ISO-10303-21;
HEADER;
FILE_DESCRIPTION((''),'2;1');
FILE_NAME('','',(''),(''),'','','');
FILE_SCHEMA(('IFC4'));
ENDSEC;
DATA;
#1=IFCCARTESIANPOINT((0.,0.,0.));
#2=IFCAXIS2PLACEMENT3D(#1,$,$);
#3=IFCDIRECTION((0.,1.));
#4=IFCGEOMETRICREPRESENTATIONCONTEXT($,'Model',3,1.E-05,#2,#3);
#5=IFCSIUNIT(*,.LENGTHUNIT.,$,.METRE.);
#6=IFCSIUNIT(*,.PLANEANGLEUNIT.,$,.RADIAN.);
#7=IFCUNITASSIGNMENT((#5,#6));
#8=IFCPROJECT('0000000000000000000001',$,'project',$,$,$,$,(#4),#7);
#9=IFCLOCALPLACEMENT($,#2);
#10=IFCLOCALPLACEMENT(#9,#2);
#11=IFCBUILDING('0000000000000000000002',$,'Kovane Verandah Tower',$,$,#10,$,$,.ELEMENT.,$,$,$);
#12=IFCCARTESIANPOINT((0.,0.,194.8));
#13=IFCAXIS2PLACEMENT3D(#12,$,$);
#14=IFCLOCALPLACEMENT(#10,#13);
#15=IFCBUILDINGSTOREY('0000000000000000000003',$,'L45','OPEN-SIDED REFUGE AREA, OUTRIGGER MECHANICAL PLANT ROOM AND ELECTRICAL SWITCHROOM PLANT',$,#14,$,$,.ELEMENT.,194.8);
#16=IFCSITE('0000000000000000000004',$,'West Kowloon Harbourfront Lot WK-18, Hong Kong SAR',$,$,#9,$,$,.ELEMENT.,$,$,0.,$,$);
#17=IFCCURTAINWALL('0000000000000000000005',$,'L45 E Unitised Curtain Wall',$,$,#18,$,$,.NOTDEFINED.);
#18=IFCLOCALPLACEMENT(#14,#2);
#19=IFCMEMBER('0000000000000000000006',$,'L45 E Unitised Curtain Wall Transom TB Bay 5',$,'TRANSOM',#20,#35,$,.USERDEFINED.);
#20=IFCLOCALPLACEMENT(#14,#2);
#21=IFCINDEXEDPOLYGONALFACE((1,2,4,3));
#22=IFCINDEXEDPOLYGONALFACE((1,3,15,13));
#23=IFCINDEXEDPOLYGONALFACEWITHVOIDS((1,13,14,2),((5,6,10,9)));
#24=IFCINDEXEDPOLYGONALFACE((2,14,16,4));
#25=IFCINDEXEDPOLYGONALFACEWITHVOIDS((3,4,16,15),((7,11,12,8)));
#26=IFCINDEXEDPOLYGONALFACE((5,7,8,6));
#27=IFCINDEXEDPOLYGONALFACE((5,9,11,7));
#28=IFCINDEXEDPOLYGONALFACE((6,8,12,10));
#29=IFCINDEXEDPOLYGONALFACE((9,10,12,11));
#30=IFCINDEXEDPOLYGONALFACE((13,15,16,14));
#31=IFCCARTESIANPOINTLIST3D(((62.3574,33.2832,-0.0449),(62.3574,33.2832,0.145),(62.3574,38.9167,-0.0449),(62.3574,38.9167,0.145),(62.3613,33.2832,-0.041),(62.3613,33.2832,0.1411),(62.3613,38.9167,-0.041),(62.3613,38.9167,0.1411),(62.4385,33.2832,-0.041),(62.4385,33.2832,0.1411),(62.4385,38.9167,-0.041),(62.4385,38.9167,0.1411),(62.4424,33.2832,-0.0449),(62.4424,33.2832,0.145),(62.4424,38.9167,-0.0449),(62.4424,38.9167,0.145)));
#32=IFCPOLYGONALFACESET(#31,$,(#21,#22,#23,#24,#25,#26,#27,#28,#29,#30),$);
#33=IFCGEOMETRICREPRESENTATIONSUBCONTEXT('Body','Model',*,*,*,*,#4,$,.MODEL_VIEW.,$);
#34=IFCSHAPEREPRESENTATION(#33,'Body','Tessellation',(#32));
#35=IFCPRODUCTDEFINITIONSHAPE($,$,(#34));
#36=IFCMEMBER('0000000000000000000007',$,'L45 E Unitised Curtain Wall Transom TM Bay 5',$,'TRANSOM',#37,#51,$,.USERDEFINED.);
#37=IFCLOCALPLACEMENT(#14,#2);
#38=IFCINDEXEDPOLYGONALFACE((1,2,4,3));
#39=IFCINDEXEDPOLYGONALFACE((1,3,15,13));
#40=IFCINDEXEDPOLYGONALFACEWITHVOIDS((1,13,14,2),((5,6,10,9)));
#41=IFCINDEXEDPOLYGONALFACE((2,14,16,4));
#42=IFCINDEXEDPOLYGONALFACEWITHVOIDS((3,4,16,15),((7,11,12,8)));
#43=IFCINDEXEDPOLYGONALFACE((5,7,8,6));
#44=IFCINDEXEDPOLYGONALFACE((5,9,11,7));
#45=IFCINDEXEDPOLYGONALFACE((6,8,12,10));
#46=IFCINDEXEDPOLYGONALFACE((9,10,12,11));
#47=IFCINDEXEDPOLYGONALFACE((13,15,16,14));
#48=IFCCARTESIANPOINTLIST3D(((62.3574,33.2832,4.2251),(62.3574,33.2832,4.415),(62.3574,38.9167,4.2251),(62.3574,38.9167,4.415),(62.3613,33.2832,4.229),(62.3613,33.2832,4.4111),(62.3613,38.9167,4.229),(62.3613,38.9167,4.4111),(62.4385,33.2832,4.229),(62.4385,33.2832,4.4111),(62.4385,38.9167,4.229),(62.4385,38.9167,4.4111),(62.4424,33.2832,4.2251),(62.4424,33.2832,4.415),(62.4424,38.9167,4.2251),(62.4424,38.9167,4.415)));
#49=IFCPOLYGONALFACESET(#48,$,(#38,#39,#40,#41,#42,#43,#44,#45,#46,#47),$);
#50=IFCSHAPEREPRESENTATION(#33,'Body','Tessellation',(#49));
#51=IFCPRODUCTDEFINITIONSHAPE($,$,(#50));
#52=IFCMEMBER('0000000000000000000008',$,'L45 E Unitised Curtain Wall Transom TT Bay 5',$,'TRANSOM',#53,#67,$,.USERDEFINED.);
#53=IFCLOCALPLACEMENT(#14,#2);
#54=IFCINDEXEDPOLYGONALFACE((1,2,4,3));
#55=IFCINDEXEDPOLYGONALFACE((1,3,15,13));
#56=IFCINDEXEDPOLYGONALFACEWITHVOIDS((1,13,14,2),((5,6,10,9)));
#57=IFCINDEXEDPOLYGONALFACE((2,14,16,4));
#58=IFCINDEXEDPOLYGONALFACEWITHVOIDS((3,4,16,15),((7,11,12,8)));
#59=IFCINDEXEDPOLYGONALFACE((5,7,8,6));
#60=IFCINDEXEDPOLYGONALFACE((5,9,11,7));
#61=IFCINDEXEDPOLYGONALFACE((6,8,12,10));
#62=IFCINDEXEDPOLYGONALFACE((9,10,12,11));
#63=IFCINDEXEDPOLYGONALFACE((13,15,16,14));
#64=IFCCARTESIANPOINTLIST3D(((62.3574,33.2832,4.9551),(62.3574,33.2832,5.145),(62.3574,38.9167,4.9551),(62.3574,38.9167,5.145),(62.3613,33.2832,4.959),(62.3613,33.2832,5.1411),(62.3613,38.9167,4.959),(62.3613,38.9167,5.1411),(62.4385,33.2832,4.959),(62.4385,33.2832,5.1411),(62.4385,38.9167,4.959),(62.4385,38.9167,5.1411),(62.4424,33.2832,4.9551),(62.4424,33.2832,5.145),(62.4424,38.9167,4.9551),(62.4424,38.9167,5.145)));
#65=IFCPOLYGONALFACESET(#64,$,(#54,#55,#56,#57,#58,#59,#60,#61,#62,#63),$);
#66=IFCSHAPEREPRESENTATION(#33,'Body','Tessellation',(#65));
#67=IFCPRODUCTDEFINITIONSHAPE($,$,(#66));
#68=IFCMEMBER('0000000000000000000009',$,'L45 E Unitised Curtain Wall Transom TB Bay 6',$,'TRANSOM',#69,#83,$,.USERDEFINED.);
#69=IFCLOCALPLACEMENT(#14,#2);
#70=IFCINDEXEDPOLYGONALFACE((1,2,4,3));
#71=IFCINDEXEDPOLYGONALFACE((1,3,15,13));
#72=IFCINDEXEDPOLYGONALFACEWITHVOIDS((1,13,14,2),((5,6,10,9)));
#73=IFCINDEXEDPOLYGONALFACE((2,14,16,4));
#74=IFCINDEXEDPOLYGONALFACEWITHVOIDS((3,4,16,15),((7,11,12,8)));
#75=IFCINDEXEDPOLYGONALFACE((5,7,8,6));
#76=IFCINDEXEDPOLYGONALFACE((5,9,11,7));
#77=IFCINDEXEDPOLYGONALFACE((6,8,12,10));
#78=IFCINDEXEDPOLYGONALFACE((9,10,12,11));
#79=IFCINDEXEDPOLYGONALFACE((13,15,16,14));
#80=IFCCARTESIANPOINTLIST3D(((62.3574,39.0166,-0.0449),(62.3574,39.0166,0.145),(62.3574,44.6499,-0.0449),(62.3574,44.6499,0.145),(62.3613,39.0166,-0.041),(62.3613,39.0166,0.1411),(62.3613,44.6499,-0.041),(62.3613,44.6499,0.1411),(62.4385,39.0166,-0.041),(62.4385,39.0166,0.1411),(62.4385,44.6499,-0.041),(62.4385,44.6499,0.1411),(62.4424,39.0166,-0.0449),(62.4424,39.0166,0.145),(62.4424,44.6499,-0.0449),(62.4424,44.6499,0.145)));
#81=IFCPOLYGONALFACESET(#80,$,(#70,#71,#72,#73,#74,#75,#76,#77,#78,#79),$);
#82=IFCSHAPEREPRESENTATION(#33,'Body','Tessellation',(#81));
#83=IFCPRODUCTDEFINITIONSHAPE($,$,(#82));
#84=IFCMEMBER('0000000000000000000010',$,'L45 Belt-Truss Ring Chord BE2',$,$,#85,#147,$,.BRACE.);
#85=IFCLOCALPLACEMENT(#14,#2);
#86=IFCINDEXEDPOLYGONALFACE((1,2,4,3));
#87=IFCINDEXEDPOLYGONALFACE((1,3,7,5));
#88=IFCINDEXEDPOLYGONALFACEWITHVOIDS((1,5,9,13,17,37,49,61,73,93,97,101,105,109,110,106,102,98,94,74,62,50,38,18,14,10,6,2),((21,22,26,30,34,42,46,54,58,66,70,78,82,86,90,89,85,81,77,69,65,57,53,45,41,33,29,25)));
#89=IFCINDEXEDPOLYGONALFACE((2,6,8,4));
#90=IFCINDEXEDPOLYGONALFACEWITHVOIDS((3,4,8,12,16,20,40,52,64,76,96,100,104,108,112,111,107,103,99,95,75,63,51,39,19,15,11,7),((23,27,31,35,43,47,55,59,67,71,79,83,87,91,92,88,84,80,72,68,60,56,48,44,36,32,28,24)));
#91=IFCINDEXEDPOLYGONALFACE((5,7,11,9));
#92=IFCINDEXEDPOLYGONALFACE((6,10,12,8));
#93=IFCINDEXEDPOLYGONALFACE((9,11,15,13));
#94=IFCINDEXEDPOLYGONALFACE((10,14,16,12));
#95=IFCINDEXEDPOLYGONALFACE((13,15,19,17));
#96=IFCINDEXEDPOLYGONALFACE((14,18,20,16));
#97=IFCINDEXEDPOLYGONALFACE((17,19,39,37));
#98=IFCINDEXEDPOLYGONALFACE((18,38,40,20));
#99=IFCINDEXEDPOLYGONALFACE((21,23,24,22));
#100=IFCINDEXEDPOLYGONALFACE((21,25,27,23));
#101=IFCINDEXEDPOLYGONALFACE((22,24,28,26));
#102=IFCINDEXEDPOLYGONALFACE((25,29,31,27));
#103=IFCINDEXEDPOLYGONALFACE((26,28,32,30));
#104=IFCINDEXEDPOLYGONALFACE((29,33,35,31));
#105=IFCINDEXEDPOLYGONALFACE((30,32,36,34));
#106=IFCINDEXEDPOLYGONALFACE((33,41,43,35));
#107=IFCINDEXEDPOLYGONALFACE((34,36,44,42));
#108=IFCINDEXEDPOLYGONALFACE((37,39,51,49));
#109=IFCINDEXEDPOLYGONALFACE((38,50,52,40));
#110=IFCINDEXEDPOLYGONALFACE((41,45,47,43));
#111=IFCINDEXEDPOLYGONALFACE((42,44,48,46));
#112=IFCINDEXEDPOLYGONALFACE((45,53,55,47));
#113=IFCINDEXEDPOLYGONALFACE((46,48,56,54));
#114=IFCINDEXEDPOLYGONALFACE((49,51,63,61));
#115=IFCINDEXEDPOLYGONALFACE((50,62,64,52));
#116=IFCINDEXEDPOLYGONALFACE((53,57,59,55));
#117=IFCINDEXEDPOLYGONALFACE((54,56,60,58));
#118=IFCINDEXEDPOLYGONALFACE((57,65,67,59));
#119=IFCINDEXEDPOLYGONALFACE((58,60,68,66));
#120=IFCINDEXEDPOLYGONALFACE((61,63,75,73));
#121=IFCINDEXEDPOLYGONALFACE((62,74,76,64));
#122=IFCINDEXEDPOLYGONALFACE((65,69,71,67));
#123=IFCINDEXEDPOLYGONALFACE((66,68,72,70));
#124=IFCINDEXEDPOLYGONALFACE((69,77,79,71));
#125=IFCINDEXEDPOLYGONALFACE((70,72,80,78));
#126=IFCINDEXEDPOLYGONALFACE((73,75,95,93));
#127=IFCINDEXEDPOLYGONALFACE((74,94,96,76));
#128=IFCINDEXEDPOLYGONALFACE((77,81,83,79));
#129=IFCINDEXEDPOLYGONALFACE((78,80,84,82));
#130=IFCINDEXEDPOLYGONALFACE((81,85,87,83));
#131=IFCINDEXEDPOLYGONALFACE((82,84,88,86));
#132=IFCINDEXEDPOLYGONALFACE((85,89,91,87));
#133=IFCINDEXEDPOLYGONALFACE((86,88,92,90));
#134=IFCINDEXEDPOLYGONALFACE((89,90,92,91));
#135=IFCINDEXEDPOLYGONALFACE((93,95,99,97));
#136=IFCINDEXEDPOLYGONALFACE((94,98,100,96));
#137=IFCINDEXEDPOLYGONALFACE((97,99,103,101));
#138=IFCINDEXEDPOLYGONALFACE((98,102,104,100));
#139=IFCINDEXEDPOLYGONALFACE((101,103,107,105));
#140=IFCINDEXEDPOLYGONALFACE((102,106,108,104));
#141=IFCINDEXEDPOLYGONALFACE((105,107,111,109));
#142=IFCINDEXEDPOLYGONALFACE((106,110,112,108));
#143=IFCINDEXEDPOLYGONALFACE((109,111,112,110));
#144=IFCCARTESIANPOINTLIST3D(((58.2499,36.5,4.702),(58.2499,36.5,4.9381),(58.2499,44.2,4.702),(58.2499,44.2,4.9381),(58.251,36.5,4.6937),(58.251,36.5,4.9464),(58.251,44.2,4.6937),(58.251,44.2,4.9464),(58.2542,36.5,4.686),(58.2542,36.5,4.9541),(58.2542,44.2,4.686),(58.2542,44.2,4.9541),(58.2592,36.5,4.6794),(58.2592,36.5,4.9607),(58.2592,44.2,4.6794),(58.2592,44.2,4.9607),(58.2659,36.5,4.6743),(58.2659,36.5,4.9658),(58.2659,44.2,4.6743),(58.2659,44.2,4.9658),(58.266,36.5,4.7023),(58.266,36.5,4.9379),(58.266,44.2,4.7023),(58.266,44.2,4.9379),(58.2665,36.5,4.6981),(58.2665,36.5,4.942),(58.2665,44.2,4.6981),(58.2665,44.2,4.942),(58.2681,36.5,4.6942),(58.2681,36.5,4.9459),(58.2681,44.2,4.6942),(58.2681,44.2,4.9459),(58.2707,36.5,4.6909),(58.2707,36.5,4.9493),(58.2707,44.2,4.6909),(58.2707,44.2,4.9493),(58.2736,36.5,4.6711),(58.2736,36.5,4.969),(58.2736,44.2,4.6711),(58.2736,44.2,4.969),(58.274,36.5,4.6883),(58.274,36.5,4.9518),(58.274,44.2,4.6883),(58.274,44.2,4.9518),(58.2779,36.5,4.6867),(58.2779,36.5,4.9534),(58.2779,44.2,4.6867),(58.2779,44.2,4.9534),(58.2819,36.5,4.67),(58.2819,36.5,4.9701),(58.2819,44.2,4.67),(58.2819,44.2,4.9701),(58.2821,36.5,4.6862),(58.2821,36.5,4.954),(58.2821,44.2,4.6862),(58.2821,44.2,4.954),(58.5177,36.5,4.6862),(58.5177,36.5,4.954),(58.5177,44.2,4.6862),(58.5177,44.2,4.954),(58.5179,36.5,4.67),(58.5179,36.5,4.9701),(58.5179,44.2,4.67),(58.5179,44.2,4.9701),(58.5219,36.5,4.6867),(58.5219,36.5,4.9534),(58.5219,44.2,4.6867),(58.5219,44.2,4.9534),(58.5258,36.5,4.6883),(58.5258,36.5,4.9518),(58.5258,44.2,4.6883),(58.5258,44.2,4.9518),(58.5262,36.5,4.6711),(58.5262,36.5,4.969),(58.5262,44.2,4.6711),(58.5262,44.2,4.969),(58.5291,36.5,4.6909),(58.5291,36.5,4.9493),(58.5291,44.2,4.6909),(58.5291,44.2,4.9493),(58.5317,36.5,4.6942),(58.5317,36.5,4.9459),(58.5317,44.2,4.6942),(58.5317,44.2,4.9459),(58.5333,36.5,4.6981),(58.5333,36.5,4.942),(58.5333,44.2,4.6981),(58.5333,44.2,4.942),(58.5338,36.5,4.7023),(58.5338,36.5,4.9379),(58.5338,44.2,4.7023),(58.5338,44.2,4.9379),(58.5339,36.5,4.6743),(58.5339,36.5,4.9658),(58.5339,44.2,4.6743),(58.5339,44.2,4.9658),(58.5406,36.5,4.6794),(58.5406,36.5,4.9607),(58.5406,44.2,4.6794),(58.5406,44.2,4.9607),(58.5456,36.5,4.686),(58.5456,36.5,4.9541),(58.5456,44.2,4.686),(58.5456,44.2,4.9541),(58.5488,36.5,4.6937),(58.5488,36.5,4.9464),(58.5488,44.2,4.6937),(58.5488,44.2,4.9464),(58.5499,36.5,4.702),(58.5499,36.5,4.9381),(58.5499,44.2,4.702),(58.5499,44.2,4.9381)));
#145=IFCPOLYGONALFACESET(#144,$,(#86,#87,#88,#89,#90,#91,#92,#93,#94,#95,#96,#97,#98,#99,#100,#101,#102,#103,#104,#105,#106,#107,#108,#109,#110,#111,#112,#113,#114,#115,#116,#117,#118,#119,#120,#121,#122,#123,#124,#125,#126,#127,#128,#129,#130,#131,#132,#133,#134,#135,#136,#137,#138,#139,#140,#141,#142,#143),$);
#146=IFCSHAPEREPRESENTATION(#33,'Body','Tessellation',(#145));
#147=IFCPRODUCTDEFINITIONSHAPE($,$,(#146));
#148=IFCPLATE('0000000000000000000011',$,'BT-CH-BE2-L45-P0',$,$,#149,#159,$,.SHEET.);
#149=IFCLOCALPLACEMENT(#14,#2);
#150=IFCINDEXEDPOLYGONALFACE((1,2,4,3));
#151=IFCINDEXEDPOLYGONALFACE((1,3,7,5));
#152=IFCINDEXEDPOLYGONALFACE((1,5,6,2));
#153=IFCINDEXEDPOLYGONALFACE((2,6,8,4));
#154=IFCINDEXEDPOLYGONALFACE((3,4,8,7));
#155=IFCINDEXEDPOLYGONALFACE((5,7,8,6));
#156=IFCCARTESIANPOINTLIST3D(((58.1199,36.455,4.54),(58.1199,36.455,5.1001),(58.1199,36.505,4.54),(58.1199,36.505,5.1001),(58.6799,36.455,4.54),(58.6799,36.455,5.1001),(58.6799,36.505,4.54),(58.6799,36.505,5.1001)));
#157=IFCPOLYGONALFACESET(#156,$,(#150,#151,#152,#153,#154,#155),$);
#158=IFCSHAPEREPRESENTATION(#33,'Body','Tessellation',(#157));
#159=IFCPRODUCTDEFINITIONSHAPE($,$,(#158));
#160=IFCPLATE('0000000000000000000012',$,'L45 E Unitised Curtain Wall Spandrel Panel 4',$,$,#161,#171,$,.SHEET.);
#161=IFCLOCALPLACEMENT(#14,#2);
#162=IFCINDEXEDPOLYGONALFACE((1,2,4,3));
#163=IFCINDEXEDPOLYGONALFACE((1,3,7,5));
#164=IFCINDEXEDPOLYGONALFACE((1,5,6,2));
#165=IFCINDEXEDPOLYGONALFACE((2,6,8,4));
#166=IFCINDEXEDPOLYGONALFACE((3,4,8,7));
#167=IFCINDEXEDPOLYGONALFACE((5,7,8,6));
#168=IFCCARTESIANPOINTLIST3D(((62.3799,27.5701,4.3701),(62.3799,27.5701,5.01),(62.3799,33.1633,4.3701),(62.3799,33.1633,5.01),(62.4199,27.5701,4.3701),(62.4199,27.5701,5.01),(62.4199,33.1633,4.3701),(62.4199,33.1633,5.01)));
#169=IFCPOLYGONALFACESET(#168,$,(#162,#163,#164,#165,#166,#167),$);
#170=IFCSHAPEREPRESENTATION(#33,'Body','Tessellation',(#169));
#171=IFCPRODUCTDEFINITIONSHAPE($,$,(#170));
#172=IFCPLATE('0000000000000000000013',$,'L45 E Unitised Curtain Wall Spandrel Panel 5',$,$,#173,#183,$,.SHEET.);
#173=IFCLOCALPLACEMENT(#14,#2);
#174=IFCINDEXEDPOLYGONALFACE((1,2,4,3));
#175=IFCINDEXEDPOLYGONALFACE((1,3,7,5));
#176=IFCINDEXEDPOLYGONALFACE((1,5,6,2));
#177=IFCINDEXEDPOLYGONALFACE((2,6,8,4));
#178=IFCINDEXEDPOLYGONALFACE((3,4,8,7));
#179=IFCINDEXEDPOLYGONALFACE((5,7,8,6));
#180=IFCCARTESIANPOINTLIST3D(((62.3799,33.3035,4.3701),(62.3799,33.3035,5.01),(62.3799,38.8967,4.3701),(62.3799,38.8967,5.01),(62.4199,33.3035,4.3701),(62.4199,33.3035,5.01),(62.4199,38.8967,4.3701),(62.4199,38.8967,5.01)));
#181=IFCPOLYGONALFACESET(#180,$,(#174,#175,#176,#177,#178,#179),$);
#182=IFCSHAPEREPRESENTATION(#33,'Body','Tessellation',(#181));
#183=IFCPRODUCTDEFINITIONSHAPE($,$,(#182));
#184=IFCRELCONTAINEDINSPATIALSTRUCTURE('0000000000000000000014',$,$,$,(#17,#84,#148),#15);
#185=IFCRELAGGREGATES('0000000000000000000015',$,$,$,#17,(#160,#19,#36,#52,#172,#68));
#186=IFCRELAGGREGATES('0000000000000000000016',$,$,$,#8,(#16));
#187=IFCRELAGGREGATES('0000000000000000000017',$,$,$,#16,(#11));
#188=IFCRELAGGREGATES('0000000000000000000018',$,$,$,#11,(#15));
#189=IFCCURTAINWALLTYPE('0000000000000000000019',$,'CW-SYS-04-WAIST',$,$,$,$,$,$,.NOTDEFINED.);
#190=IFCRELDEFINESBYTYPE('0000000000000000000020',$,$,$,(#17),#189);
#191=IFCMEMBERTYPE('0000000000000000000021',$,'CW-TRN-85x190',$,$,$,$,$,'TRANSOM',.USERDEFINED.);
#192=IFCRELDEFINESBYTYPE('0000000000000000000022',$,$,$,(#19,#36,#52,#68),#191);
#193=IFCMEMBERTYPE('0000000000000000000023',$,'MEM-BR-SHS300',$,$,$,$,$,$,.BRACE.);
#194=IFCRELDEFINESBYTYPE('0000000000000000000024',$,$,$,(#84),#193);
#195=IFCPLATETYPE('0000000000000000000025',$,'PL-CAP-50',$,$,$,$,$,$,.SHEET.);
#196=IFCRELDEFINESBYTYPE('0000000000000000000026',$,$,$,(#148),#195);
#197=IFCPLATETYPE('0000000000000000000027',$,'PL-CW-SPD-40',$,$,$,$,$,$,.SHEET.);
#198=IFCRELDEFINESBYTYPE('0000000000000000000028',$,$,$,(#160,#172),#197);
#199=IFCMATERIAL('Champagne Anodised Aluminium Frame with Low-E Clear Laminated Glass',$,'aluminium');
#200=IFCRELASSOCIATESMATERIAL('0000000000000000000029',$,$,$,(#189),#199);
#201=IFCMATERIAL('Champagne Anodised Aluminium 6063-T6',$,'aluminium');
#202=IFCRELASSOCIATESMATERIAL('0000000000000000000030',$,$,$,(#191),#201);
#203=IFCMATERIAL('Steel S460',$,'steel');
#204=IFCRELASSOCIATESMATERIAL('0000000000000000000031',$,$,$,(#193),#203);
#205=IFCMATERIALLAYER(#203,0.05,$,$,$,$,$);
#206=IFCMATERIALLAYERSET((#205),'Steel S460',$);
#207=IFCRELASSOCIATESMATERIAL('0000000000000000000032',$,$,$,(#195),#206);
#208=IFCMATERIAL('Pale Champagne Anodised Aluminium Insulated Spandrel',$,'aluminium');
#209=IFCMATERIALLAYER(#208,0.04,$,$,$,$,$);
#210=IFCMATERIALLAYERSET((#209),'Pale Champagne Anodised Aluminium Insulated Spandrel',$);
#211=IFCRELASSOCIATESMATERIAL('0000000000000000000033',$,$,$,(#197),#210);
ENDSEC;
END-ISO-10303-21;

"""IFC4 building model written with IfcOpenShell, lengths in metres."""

from ifc_helpers import new_model, si_unit, direction, frame, origin, origin_2d, place, context, subcontext, project, spatial, rectangle, hollow_rectangle, extrude, material, layer, layer_set, material_profile, profile_set, type_object, element, aggregate, save


model = new_model("IFC4")

# Units and contexts
model_context = context("Model", 3, precision=1e-05, world=origin(), true_north=direction((0.0, 1.0)))
body_context = subcontext(model_context, "Body", "Model", "MODEL_VIEW")
ifc_project = project(units=[si_unit("LENGTHUNIT", "METRE"), si_unit("PLANEANGLEUNIT", "RADIAN")], contexts=[model_context])

# Site, building, storey
site_placement = place(None, origin())
site = spatial("IfcSite", under=ifc_project, at=site_placement, Name="West Kowloon Harbourfront Lot WK-18, Hong Kong SAR", CompositionType="ELEMENT", RefElevation=0.0)
building_placement = place(site_placement, origin())
building = spatial("IfcBuilding", under=site, at=building_placement, Name="Kovane Verandah Tower", CompositionType="ELEMENT")
storey_placement = place(building_placement, frame((0.0, 0.0, 194.8)))
storey = spatial("IfcBuildingStorey", under=building, at=storey_placement, Name="L45", Description="OPEN-SIDED REFUGE AREA, OUTRIGGER MECHANICAL PLANT ROOM AND ELECTRICAL SWITCHROOM PLANT", CompositionType="ELEMENT", Elevation=194.8)

# Shared definitions
ifc_material_1 = material(Name="Steel S460", Category="steel")

# Curtain wall, members
ifc_material_2 = material(Name="Champagne Anodised Aluminium Frame with Low-E Clear Laminated Glass", Category="aluminium")
curtain_wall_type = type_object("IfcCurtainWallType", Name="CW-SYS-04-WAIST", PredefinedType="NOTDEFINED", material=ifc_material_2)
curtain_wall_placement = place(storey_placement, origin())
curtain_wall = element("IfcCurtainWall", 1, at=curtain_wall_placement, inside=storey, type_object=curtain_wall_type, Name="L45 E Unitised Curtain Wall", PredefinedType="NOTDEFINED")
ifc_material_3 = material(Name="Champagne Anodised Aluminium 6063-T6", Category="aluminium")
ifc_material_profile_1 = material_profile(ifc_material_3, hollow_rectangle(XDim=0.085, YDim=0.1899, WallThickness=0.0039, at=origin_2d()), Name="AL85x190x4")
ifc_profile_set_1 = profile_set([ifc_material_profile_1], Name="Champagne Anodised Aluminium 6063-T6")
member_type_1 = type_object("IfcMemberType", Name="CW-TRN-85x190", ElementType="TRANSOM", PredefinedType="USERDEFINED", material=ifc_profile_set_1)
member_1_placement = place(storey_placement, frame((62.3999, 33.2832, 0.05), z_axis=(0.0, 1.0, 0.0), x_axis=(-1.0, 0.0, 0.0)))
member_1 = element("IfcMember", 2, at=member_1_placement, type_object=member_type_1, Name="L45 E Unitised Curtain Wall Transom TB Bay 5", ObjectType="TRANSOM", PredefinedType="USERDEFINED", context=body_context, shape_type="SweptSolid", body=[
    extrude(hollow_rectangle(XDim=0.085, YDim=0.1899, WallThickness=0.0039, at=origin_2d()), origin(), (0.0, 0.0, 1.0), 5.6335),
])
member_2_placement = place(storey_placement, frame((62.3999, 33.2832, 4.3201), z_axis=(0.0, 1.0, 0.0), x_axis=(-1.0, 0.0, 0.0)))
member_2 = element("IfcMember", 3, at=member_2_placement, type_object=member_type_1, Name="L45 E Unitised Curtain Wall Transom TM Bay 5", ObjectType="TRANSOM", PredefinedType="USERDEFINED", context=body_context, shape_type="SweptSolid", body=[
    extrude(hollow_rectangle(XDim=0.085, YDim=0.1899, WallThickness=0.0039, at=origin_2d()), origin(), (0.0, 0.0, 1.0), 5.6335),
])
member_3_placement = place(storey_placement, frame((62.3999, 33.2832, 5.05), z_axis=(0.0, 1.0, 0.0), x_axis=(-1.0, 0.0, 0.0)))
member_3 = element("IfcMember", 4, at=member_3_placement, type_object=member_type_1, Name="L45 E Unitised Curtain Wall Transom TT Bay 5", ObjectType="TRANSOM", PredefinedType="USERDEFINED", context=body_context, shape_type="SweptSolid", body=[
    extrude(hollow_rectangle(XDim=0.085, YDim=0.1899, WallThickness=0.0039, at=origin_2d()), origin(), (0.0, 0.0, 1.0), 5.6335),
])
member_4_placement = place(storey_placement, frame((62.3999, 39.0166, 0.05), z_axis=(0.0, 1.0, 0.0), x_axis=(-1.0, 0.0, 0.0)))
member_4 = element("IfcMember", 5, at=member_4_placement, type_object=member_type_1, Name="L45 E Unitised Curtain Wall Transom TB Bay 6", ObjectType="TRANSOM", PredefinedType="USERDEFINED", context=body_context, shape_type="SweptSolid", body=[
    extrude(hollow_rectangle(XDim=0.085, YDim=0.1899, WallThickness=0.0039, at=origin_2d()), origin(), (0.0, 0.0, 1.0), 5.6333),
])

# Member
ifc_material_profile_2 = material_profile(ifc_material_1, hollow_rectangle(XDim=0.3, YDim=0.3, WallThickness=0.0161, InnerFilletRadius=0.0161, OuterFilletRadius=0.032, at=origin_2d()), Name="SHS300x300x16")
ifc_profile_set_2 = profile_set([ifc_material_profile_2], Name="Steel S460")
member_type_2 = type_object("IfcMemberType", Name="MEM-BR-SHS300", PredefinedType="BRACE", material=ifc_profile_set_2)
member_5_placement = place(storey_placement, frame((58.3999, 36.5, 4.8201), z_axis=(0.0, 1.0, 0.0), x_axis=(-1.0, 0.0, 0.0)))
element("IfcMember", 6, at=member_5_placement, inside=storey, type_object=member_type_2, Name="L45 Belt-Truss Ring Chord BE2", PredefinedType="BRACE", context=body_context, shape_type="SweptSolid", body=[
    extrude(hollow_rectangle(XDim=0.3, YDim=0.3, WallThickness=0.0161, InnerFilletRadius=0.0161, OuterFilletRadius=0.032, at=origin_2d()), origin(), (0.0, 0.0, 1.0), 7.7),
])

# Plates
ifc_layer_1 = layer(ifc_material_1, 0.05)
ifc_layer_set_1 = layer_set([ifc_layer_1], Name="Steel S460")
plate_type_1 = type_object("IfcPlateType", Name="PL-CAP-50", PredefinedType="SHEET", material=ifc_layer_set_1)
plate_1_placement = place(storey_placement, frame((58.3999, 36.48, 4.54), z_axis=(0.0, 0.0, 1.0), x_axis=(0.0, 1.0, 0.0)))
element("IfcPlate", 7, at=plate_1_placement, inside=storey, type_object=plate_type_1, Name="BT-CH-BE2-L45-P0", PredefinedType="SHEET", context=body_context, shape_type="SweptSolid", body=[
    extrude(rectangle(XDim=0.05, YDim=0.5601, at=origin_2d()), origin(), (0.0, 0.0, 1.0), 0.5601),
])
ifc_material_4 = material(Name="Pale Champagne Anodised Aluminium Insulated Spandrel", Category="aluminium")
ifc_layer_2 = layer(ifc_material_4, 0.04)
ifc_layer_set_2 = layer_set([ifc_layer_2], Name="Pale Champagne Anodised Aluminium Insulated Spandrel")
plate_type_2 = type_object("IfcPlateType", Name="PL-CW-SPD-40", PredefinedType="SHEET", material=ifc_layer_set_2)
plate_2_placement = place(storey_placement, frame((62.3999, 30.3667, 4.3701), z_axis=(0.0, 0.0, 1.0), x_axis=(0.0, 1.0, 0.0)))
plate_2 = element("IfcPlate", 8, at=plate_2_placement, type_object=plate_type_2, Name="L45 E Unitised Curtain Wall Spandrel Panel 4", PredefinedType="SHEET", context=body_context, shape_type="SweptSolid", body=[
    extrude(rectangle(XDim=5.5933, YDim=0.04, at=origin_2d()), origin(), (0.0, 0.0, 1.0), 0.6399),
])
plate_3_placement = place(storey_placement, frame((62.3999, 36.1001, 4.3701), z_axis=(0.0, 0.0, 1.0), x_axis=(0.0, 1.0, 0.0)))
plate_3 = element("IfcPlate", 9, at=plate_3_placement, type_object=plate_type_2, Name="L45 E Unitised Curtain Wall Spandrel Panel 5", PredefinedType="SHEET", context=body_context, shape_type="SweptSolid", body=[
    extrude(rectangle(XDim=5.5933, YDim=0.04, at=origin_2d()), origin(), (0.0, 0.0, 1.0), 0.6399),
])
aggregate(curtain_wall, [plate_2, member_1, member_2, member_3, plate_3, member_4])

save(model, "model.ifc")
